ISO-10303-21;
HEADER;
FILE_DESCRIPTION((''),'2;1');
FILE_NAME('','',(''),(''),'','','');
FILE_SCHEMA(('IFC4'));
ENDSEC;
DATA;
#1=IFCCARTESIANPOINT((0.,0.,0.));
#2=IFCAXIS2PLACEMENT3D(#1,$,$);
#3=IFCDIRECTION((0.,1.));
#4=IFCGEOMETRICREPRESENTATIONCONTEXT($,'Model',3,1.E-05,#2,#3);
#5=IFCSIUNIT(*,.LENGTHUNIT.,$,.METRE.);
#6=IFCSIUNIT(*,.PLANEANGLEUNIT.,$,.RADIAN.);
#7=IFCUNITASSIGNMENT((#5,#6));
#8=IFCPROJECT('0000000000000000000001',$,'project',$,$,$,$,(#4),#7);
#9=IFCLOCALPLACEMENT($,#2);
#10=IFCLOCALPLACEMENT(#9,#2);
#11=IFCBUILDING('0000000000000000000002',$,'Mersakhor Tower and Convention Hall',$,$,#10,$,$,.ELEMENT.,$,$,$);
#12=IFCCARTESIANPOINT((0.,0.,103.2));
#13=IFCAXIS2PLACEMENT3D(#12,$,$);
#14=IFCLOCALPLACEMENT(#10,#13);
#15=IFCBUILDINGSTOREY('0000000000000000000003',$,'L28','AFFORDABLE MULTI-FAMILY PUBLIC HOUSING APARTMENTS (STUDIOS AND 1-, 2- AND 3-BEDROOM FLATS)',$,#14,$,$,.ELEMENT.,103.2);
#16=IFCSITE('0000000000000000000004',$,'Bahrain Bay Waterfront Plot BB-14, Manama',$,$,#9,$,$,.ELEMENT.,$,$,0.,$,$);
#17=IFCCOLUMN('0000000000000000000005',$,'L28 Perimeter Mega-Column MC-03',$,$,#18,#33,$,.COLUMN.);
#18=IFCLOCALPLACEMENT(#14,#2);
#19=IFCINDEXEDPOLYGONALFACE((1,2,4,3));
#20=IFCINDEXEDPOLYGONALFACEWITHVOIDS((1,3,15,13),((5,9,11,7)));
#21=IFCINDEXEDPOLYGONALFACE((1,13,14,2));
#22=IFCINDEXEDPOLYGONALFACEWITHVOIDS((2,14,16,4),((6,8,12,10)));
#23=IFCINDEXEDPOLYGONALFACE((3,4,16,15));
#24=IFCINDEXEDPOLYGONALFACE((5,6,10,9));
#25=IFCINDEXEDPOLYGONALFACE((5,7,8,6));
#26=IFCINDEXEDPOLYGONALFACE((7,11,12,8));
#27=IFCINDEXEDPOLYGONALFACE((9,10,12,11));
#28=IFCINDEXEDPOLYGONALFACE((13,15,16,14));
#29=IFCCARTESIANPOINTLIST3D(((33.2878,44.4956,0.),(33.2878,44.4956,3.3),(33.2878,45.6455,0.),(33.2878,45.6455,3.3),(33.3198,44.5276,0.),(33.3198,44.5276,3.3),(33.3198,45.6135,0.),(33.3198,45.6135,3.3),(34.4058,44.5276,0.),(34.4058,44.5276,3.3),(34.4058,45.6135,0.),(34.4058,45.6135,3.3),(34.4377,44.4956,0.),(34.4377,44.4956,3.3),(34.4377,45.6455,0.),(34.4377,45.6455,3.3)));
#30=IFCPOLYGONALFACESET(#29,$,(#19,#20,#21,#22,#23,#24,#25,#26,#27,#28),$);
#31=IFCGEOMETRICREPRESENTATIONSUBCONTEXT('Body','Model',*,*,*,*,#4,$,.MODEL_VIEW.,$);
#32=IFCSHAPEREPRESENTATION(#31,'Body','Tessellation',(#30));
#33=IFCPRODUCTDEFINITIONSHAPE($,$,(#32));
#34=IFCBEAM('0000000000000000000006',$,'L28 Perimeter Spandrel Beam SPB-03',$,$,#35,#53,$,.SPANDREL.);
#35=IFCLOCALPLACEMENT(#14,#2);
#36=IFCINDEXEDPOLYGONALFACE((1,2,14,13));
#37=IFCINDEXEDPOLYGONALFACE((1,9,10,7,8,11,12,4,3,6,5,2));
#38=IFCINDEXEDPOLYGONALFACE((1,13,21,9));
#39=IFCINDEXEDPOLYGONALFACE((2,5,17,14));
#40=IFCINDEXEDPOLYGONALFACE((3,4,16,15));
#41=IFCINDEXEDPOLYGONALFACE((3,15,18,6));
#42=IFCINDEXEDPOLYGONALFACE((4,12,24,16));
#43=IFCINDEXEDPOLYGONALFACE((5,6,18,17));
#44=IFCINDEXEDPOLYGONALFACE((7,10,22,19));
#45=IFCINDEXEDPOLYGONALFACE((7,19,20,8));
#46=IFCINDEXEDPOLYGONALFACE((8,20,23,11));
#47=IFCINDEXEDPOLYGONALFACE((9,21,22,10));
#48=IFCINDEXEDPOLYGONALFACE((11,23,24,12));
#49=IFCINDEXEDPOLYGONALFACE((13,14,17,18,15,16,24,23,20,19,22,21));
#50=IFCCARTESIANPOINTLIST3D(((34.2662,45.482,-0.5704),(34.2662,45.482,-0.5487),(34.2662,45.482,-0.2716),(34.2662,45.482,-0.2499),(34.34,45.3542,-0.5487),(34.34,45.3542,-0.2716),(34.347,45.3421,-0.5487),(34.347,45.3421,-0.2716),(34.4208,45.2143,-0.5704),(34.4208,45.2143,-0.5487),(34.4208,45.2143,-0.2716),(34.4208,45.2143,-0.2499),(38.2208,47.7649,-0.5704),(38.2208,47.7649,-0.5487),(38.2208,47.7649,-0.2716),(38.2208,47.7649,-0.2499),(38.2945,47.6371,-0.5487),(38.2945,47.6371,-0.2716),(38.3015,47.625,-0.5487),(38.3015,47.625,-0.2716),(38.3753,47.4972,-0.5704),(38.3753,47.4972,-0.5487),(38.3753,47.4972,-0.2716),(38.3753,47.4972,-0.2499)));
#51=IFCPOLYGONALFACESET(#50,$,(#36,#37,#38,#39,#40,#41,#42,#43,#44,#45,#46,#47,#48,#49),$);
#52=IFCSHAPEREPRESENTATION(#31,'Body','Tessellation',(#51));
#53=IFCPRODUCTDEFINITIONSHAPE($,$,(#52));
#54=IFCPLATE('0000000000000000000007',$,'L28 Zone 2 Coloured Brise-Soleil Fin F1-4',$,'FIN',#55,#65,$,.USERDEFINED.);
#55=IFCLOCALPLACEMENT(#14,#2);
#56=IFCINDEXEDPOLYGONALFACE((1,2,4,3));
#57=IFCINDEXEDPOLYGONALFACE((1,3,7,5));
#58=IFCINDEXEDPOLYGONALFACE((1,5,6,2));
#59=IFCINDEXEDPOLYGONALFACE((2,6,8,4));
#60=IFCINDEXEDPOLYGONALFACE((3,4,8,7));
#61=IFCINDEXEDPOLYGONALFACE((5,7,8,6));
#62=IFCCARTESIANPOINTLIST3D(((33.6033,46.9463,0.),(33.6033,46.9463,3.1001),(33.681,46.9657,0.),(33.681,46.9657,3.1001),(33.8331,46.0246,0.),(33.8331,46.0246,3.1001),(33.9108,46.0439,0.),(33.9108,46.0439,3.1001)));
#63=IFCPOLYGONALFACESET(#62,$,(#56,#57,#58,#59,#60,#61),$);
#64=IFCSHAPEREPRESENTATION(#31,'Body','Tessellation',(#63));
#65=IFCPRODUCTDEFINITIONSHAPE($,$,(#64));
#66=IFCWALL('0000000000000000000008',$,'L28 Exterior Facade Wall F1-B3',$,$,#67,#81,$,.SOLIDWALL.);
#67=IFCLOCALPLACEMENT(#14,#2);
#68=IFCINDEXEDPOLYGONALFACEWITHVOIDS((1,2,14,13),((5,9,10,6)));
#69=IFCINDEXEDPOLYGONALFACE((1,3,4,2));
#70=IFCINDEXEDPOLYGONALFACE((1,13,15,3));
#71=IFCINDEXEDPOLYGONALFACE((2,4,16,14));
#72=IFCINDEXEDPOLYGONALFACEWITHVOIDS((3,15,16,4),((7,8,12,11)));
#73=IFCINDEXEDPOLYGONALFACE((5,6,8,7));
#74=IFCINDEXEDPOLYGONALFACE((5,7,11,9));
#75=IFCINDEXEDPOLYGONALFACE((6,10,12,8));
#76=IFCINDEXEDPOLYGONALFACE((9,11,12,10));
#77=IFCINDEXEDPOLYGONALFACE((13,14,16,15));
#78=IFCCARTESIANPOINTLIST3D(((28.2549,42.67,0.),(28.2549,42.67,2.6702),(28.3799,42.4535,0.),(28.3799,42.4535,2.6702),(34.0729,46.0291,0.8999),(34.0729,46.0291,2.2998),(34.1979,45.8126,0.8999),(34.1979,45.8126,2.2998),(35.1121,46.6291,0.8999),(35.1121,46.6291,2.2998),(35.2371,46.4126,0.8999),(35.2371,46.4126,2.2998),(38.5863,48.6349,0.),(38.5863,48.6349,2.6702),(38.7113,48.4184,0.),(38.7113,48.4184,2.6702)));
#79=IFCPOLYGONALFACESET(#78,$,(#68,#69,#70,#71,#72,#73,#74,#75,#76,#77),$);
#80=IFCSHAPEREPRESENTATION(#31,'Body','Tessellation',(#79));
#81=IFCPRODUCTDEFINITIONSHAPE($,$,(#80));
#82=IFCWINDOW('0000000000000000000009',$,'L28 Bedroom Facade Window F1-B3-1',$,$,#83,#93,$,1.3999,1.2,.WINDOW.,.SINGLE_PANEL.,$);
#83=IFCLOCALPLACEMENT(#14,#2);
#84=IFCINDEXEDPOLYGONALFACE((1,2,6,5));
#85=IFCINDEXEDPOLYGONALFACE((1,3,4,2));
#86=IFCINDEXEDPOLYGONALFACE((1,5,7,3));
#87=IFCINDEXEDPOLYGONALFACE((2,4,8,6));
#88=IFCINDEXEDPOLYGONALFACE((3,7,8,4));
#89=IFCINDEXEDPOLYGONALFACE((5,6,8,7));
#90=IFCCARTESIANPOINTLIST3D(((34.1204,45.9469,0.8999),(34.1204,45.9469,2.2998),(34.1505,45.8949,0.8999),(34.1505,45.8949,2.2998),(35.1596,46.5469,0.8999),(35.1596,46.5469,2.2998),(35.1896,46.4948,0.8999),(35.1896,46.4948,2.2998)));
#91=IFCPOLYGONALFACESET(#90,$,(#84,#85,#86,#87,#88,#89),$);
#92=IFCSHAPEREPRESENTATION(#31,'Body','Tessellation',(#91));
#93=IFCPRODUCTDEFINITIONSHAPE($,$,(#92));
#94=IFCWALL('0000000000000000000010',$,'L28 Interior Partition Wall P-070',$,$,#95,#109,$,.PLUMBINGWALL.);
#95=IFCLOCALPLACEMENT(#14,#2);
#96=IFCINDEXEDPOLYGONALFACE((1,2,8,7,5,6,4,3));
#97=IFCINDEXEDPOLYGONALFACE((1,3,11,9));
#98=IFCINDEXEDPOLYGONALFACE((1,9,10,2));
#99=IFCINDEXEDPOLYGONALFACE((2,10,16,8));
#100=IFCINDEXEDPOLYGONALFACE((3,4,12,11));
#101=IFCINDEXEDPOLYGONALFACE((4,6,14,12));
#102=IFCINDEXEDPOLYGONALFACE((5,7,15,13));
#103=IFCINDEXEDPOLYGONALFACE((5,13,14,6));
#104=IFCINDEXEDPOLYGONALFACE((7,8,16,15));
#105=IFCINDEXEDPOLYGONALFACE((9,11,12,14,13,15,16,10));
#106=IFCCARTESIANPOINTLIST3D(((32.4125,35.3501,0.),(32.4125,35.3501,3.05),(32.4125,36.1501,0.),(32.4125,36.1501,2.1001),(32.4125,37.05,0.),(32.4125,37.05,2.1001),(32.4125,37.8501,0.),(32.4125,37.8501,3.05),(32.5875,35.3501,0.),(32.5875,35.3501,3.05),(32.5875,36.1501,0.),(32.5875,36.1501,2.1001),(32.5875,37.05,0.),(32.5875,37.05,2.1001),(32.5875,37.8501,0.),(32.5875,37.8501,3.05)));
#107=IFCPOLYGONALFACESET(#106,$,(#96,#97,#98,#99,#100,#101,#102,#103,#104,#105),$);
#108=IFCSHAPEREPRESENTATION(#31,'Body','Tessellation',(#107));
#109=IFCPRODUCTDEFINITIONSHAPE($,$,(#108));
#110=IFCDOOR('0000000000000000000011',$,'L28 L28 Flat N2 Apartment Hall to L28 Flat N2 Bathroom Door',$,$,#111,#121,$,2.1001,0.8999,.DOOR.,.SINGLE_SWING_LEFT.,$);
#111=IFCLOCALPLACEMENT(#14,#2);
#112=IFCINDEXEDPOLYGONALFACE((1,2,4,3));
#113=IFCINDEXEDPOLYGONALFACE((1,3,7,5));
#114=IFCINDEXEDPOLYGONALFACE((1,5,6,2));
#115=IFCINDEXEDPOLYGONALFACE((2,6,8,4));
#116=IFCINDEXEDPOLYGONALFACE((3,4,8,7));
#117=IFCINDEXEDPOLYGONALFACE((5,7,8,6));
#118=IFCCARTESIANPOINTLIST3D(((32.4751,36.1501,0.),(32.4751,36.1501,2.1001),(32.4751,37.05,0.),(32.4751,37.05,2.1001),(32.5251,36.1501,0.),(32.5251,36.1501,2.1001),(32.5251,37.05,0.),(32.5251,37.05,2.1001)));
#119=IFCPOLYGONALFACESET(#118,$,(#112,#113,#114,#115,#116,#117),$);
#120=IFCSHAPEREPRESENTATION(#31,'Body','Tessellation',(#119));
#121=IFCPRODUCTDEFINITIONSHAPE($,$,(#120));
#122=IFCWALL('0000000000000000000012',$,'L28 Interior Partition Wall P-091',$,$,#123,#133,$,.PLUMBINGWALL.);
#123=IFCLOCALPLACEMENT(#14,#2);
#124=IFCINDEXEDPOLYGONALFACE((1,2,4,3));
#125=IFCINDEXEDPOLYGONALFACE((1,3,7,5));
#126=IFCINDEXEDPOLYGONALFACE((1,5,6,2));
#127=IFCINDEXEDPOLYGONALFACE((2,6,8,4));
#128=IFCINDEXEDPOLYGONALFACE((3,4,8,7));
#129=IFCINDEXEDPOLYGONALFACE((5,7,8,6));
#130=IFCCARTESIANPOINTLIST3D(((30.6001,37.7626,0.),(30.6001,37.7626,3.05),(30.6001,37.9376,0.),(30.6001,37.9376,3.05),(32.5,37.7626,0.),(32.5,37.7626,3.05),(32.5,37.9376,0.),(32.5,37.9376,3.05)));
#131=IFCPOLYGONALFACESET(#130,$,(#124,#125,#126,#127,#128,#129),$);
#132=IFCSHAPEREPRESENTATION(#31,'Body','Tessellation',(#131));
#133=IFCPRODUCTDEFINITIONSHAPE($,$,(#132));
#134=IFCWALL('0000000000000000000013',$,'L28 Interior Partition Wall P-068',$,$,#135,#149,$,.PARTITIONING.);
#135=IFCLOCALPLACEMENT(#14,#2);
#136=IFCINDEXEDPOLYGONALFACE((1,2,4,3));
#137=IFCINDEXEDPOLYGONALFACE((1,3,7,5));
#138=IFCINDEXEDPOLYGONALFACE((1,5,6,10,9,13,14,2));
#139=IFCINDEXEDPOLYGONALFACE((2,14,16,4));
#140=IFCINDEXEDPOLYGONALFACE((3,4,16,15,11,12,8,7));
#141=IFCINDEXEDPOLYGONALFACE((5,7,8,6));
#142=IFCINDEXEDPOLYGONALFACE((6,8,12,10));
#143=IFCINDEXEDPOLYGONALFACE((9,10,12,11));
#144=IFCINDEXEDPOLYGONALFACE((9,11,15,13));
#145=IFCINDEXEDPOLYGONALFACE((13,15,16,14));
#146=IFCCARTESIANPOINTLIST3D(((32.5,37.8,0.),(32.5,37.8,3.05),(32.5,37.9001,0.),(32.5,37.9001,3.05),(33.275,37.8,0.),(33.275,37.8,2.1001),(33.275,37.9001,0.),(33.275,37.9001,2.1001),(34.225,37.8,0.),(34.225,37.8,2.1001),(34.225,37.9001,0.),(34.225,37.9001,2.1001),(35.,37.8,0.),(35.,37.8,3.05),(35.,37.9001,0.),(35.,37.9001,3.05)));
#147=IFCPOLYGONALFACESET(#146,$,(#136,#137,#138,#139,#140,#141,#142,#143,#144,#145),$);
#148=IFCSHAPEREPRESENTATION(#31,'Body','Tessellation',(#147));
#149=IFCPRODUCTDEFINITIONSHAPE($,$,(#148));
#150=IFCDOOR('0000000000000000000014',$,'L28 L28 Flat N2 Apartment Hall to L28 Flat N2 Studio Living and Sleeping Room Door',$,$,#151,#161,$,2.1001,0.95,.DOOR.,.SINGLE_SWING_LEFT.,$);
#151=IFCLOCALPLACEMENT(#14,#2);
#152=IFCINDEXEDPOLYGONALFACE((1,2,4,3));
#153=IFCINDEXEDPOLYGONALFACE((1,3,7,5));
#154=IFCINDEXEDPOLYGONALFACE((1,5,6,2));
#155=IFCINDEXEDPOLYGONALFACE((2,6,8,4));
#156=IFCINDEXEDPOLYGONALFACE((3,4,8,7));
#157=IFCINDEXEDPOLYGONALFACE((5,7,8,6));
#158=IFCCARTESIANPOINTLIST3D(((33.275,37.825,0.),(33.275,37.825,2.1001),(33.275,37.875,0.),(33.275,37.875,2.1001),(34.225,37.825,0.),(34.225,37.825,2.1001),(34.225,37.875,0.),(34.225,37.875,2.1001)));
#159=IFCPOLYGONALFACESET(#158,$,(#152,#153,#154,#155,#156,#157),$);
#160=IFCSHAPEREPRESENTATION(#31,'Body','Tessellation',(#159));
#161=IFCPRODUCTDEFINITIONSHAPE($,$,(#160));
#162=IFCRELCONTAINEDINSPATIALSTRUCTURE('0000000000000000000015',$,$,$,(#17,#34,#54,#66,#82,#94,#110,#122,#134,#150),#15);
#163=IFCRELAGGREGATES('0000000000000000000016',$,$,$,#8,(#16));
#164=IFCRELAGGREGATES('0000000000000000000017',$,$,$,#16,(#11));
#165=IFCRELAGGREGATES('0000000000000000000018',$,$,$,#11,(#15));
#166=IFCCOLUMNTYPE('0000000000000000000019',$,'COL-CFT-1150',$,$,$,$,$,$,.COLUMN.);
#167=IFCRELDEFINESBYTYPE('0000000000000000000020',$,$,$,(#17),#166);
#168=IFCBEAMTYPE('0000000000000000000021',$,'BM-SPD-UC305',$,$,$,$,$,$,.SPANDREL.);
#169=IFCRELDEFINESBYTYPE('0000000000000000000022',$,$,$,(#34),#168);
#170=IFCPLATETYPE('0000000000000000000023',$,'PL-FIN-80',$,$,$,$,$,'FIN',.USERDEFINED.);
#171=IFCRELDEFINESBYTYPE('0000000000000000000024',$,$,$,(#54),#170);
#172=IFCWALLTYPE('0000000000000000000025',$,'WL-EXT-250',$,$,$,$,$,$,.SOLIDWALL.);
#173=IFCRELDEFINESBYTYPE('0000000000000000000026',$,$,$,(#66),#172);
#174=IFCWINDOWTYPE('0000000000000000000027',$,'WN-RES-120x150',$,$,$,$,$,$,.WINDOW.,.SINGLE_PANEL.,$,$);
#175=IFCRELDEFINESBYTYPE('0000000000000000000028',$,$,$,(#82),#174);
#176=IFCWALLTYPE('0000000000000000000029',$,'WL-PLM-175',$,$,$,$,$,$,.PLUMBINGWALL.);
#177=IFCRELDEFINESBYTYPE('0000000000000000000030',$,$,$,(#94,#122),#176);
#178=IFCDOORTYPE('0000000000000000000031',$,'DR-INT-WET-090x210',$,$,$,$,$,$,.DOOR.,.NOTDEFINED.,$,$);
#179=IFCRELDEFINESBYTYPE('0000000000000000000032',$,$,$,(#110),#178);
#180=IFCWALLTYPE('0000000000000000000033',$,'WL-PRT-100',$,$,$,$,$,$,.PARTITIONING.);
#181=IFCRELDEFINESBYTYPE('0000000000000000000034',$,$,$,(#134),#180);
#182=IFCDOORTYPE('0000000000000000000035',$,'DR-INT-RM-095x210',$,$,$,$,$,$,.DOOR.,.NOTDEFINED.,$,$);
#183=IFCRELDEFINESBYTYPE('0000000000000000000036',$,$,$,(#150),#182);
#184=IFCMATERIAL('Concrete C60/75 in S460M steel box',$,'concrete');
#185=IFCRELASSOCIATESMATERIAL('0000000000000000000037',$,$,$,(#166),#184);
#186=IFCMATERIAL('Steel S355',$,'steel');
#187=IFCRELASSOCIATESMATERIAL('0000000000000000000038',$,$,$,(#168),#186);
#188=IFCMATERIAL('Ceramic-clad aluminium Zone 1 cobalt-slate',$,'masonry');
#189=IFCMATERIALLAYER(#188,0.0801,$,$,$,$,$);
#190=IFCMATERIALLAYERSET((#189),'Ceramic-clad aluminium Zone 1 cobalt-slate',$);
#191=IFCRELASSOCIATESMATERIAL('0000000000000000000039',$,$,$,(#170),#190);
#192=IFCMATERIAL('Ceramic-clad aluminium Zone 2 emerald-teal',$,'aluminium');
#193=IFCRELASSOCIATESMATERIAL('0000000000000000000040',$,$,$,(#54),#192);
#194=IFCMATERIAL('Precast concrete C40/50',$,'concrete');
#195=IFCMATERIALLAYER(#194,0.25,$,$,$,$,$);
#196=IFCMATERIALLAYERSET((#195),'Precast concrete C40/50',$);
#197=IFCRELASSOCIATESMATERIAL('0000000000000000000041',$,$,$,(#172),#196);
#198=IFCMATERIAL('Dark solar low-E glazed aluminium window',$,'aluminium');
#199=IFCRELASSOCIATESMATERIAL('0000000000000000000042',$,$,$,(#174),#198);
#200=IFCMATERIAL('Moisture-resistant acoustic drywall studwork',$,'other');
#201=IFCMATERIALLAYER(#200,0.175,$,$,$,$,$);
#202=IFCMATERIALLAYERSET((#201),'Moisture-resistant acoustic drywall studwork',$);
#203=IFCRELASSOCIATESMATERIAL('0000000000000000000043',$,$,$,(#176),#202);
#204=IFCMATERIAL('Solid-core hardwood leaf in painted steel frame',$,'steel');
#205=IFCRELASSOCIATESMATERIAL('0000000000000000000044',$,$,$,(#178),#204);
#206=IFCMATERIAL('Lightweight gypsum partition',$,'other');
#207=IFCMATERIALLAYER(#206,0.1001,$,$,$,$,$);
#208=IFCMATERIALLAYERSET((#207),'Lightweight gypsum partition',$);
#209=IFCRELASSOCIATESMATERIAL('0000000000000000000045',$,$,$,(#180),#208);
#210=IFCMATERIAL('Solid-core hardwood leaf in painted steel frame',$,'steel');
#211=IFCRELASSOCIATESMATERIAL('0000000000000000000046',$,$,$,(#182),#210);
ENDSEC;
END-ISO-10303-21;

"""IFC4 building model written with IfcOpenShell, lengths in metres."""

from ifc_helpers import new_model, si_unit, direction, frame, frame_2d, origin, origin_2d, place, context, subcontext, project, spatial, rectangle, hollow_rectangle, i_section, extrude, material, layer, layer_set, material_profile, profile_set, type_object, element, fill, save


model = new_model("IFC4")

# Units and contexts
model_context = context("Model", 3, precision=1e-05, world=origin(), true_north=direction((0.0, 1.0)))
body_context = subcontext(model_context, "Body", "Model", "MODEL_VIEW")
ifc_project = project(units=[si_unit("LENGTHUNIT", "METRE"), si_unit("PLANEANGLEUNIT", "RADIAN")], contexts=[model_context])

# Site, building, storey
site_placement = place(None, origin())
site = spatial("IfcSite", under=ifc_project, at=site_placement, Name="Bahrain Bay Waterfront Plot BB-14, Manama", CompositionType="ELEMENT", RefElevation=0.0)
building_placement = place(site_placement, origin())
building = spatial("IfcBuilding", under=site, at=building_placement, Name="Mersakhor Tower and Convention Hall", CompositionType="ELEMENT")
storey_placement = place(building_placement, frame((0.0, 0.0, 103.2)))
storey = spatial("IfcBuildingStorey", under=building, at=storey_placement, Name="L28", Description="AFFORDABLE MULTI-FAMILY PUBLIC HOUSING APARTMENTS (STUDIOS AND 1-, 2- AND 3-BEDROOM FLATS)", CompositionType="ELEMENT", Elevation=103.2)

# Column
ifc_material_1 = material(Name="Concrete C60/75 in S460M steel box", Category="concrete")
ifc_material_profile_1 = material_profile(ifc_material_1, hollow_rectangle(XDim=1.1499, YDim=1.1499, WallThickness=0.032, at=origin_2d()), Name="SHS 1150x1150x32")
ifc_profile_set_1 = profile_set([ifc_material_profile_1], Name="Concrete C60/75 in S460M steel box")
column_type = type_object("IfcColumnType", Name="COL-CFT-1150", PredefinedType="COLUMN", material=ifc_profile_set_1)
column_placement = place(storey_placement, frame((33.8628, 45.0706, 0.0), z_axis=(0.0, 0.0, 1.0), x_axis=(1.0, 0.0, 0.0)))
element("IfcColumn", 1, at=column_placement, inside=storey, type_object=column_type, Name="L28 Perimeter Mega-Column MC-03", PredefinedType="COLUMN", context=body_context, shape_type="SweptSolid", body=[
    extrude(hollow_rectangle(XDim=1.1499, YDim=1.1499, WallThickness=0.032, at=origin_2d()), origin(), (0.0, 0.0, 1.0), 3.3),
])

# Beam
ifc_material_2 = material(Name="Steel S355", Category="steel")
ifc_material_profile_2 = material_profile(ifc_material_2, i_section(OverallWidth=0.3091, OverallDepth=0.3206, WebThickness=0.0139, FlangeThickness=0.0217, at=origin_2d()), Name="UC 305x305x137")
ifc_profile_set_2 = profile_set([ifc_material_profile_2], Name="Steel S355")
beam_type = type_object("IfcBeamType", Name="BM-SPD-UC305", PredefinedType="SPANDREL", material=ifc_profile_set_2)
beam_placement = place(storey_placement, frame((34.3435, 45.3481, -0.4102), z_axis=(0.866047, 0.499963, 0.0), x_axis=(-0.499963, 0.866047, 0.0)))
element("IfcBeam", 2, at=beam_placement, inside=storey, type_object=beam_type, Name="L28 Perimeter Spandrel Beam SPB-03", PredefinedType="SPANDREL", context=body_context, shape_type="SweptSolid", body=[
    extrude(i_section(OverallWidth=0.3091, OverallDepth=0.3206, WebThickness=0.0139, FlangeThickness=0.0217, at=origin_2d()), origin(), (0.0, 0.0, 1.0), 4.5662),
])

# Plate
ifc_material_3 = material(Name="Ceramic-clad aluminium Zone 2 emerald-teal", Category="aluminium")
ifc_material_4 = material(Name="Ceramic-clad aluminium Zone 1 cobalt-slate", Category="masonry")
ifc_layer_1 = layer(ifc_material_4, 0.0801)
ifc_layer_set_1 = layer_set([ifc_layer_1], Name="Ceramic-clad aluminium Zone 1 cobalt-slate")
plate_type = type_object("IfcPlateType", Name="PL-FIN-80", ElementType="FIN", PredefinedType="USERDEFINED", material=ifc_layer_set_1)
plate_placement = place(storey_placement, frame((33.7571, 46.4951, 0.0), z_axis=(0.0, 0.0, 1.0), x_axis=(-0.241922, 0.970296, 0.0)))
element("IfcPlate", 3, at=plate_placement, inside=storey, type_object=plate_type, material=ifc_material_3, Name="L28 Zone 2 Coloured Brise-Soleil Fin F1-4", ObjectType="FIN", PredefinedType="USERDEFINED", context=body_context, shape_type="SweptSolid", body=[
    extrude(rectangle(XDim=0.95, YDim=0.0801, at=origin_2d()), origin(), (0.0, 0.0, 1.0), 3.1001),
])

# Wall, opening, window
ifc_material_5 = material(Name="Precast concrete C40/50", Category="concrete")
ifc_layer_2 = layer(ifc_material_5, 0.25)
ifc_layer_set_2 = layer_set([ifc_layer_2], Name="Precast concrete C40/50")
wall_type_1 = type_object("IfcWallType", Name="WL-EXT-250", PredefinedType="SOLIDWALL", material=ifc_layer_set_2)
wall_1_placement = place(storey_placement, frame((28.3174, 42.5618, 0.0), z_axis=(0.0, 0.0, 1.0), x_axis=(0.866023, 0.500004, 0.0)))
wall_1 = element("IfcWall", 4, at=wall_1_placement, inside=storey, type_object=wall_type_1, Name="L28 Exterior Facade Wall F1-B3", PredefinedType="SOLIDWALL", context=body_context, shape_type="SweptSolid", body=[
    extrude(rectangle(XDim=11.9297, YDim=0.25, at=frame_2d((5.9648, 0.0))), origin(), (0.0, 0.0, 1.0), 2.6702),
])
opening_1_placement = place(wall_1_placement, frame((6.718, 0.0, 0.8999)))
opening_1 = element("IfcOpeningElement", 5, at=opening_1_placement, cuts=wall_1, PredefinedType="OPENING", context=body_context, shape_type="SweptSolid", body=[
    extrude(rectangle(XDim=1.2, YDim=1.3999, at=frame_2d((0.6001, 0.7))), frame((0.0, 0.135, 0.0), z_axis=(0.0, -1.0, 0.0), x_axis=(1.0, 0.0, 0.0)), (0.0, 0.0, 1.0), 0.27),
])
ifc_material_6 = material(Name="Dark solar low-E glazed aluminium window", Category="aluminium")
window_type = type_object("IfcWindowType", Name="WN-RES-120x150", PartitioningType="SINGLE_PANEL", PredefinedType="WINDOW", material=ifc_material_6)
window_placement = place(opening_1_placement, origin())
window = element("IfcWindow", 6, at=window_placement, inside=storey, type_object=window_type, Name="L28 Bedroom Facade Window F1-B3-1", OverallHeight=1.3999, OverallWidth=1.2, PartitioningType="SINGLE_PANEL", PredefinedType="WINDOW", context=body_context, shape_type="SweptSolid", body=[
    extrude(rectangle(XDim=1.2, YDim=1.3999, at=frame_2d((0.6001, 0.7))), frame((0.0, 0.03, 0.0), z_axis=(0.0, -1.0, 0.0), x_axis=(1.0, 0.0, 0.0)), (0.0, 0.0, 1.0), 0.0601),
])
fill(opening_1, window)

# Wall, opening, door
ifc_material_7 = material(Name="Moisture-resistant acoustic drywall studwork", Category="other")
ifc_layer_3 = layer(ifc_material_7, 0.175)
ifc_layer_set_3 = layer_set([ifc_layer_3], Name="Moisture-resistant acoustic drywall studwork")
wall_type_2 = type_object("IfcWallType", Name="WL-PLM-175", PredefinedType="PLUMBINGWALL", material=ifc_layer_set_3)
wall_2_placement = place(storey_placement, frame((32.5, 35.3501, 0.0), z_axis=(0.0, 0.0, 1.0), x_axis=(0.0, 1.0, 0.0)))
wall_2 = element("IfcWall", 7, at=wall_2_placement, inside=storey, type_object=wall_type_2, Name="L28 Interior Partition Wall P-070", PredefinedType="PLUMBINGWALL", context=body_context, shape_type="SweptSolid", body=[
    extrude(rectangle(XDim=2.5, YDim=0.175, at=frame_2d((1.25, 0.0))), origin(), (0.0, 0.0, 1.0), 3.05),
])
opening_2_placement = place(wall_2_placement, frame((0.8, 0.0, 0.0)))
opening_2 = element("IfcOpeningElement", 8, at=opening_2_placement, cuts=wall_2, PredefinedType="OPENING", context=body_context, shape_type="SweptSolid", body=[
    extrude(rectangle(XDim=0.8999, YDim=2.1001, at=frame_2d((0.45, 1.05))), frame((0.0, 0.0974, 0.0), z_axis=(0.0, -1.0, 0.0), x_axis=(1.0, 0.0, 0.0)), (0.0, 0.0, 1.0), 0.1951),
])
ifc_material_8 = material(Name="Solid-core hardwood leaf in painted steel frame", Category="steel")
door_type_1 = type_object("IfcDoorType", Name="DR-INT-WET-090x210", OperationType="NOTDEFINED", PredefinedType="DOOR", material=ifc_material_8)
door_1_placement = place(opening_2_placement, origin())
door_1 = element("IfcDoor", 9, at=door_1_placement, inside=storey, type_object=door_type_1, Name="L28 L28 Flat N2 Apartment Hall to L28 Flat N2 Bathroom Door", OperationType="SINGLE_SWING_LEFT", OverallHeight=2.1001, OverallWidth=0.8999, PredefinedType="DOOR", context=body_context, shape_type="SweptSolid", body=[
    extrude(rectangle(XDim=0.8999, YDim=2.1001, at=frame_2d((0.45, 1.05))), frame((0.0, 0.0249, 0.0), z_axis=(0.0, -1.0, 0.0), x_axis=(1.0, 0.0, 0.0)), (0.0, 0.0, 1.0), 0.05),
])
fill(opening_2, door_1)

# Wall
wall_3_placement = place(storey_placement, frame((30.6001, 37.8501, 0.0), z_axis=(0.0, 0.0, 1.0), x_axis=(1.0, 0.0, 0.0)))
element("IfcWall", 10, at=wall_3_placement, inside=storey, type_object=wall_type_2, Name="L28 Interior Partition Wall P-091", PredefinedType="PLUMBINGWALL", context=body_context, shape_type="SweptSolid", body=[
    extrude(rectangle(XDim=1.8999, YDim=0.175, at=frame_2d((0.95, 0.0))), origin(), (0.0, 0.0, 1.0), 3.05),
])

# Wall, opening, door
ifc_material_9 = material(Name="Lightweight gypsum partition", Category="other")
ifc_layer_4 = layer(ifc_material_9, 0.1001)
ifc_layer_set_4 = layer_set([ifc_layer_4], Name="Lightweight gypsum partition")
wall_type_3 = type_object("IfcWallType", Name="WL-PRT-100", PredefinedType="PARTITIONING", material=ifc_layer_set_4)
wall_4_placement = place(storey_placement, frame((32.5, 37.8501, 0.0), z_axis=(0.0, 0.0, 1.0), x_axis=(1.0, 0.0, 0.0)))
wall_4 = element("IfcWall", 11, at=wall_4_placement, inside=storey, type_object=wall_type_3, Name="L28 Interior Partition Wall P-068", PredefinedType="PARTITIONING", context=body_context, shape_type="SweptSolid", body=[
    extrude(rectangle(XDim=2.5, YDim=0.1001, at=frame_2d((1.25, 0.0))), origin(), (0.0, 0.0, 1.0), 3.05),
])
opening_3_placement = place(wall_4_placement, frame((0.7749, 0.0, 0.0)))
opening_3 = element("IfcOpeningElement", 12, at=opening_3_placement, cuts=wall_4, PredefinedType="OPENING", context=body_context, shape_type="SweptSolid", body=[
    extrude(rectangle(XDim=0.95, YDim=2.1001, at=frame_2d((0.4751, 1.05))), frame((0.0, 0.0601, 0.0), z_axis=(0.0, -1.0, 0.0), x_axis=(1.0, 0.0, 0.0)), (0.0, 0.0, 1.0), 0.1201),
])
ifc_material_10 = material(Name="Solid-core hardwood leaf in painted steel frame", Category="steel")
door_type_2 = type_object("IfcDoorType", Name="DR-INT-RM-095x210", OperationType="NOTDEFINED", PredefinedType="DOOR", material=ifc_material_10)
door_2_placement = place(opening_3_placement, origin())
door_2 = element("IfcDoor", 13, at=door_2_placement, inside=storey, type_object=door_type_2, Name="L28 L28 Flat N2 Apartment Hall to L28 Flat N2 Studio Living and Sleeping Room Door", OperationType="SINGLE_SWING_LEFT", OverallHeight=2.1001, OverallWidth=0.95, PredefinedType="DOOR", context=body_context, shape_type="SweptSolid", body=[
    extrude(rectangle(XDim=0.95, YDim=2.1001, at=frame_2d((0.4751, 1.05))), frame((0.0, 0.0249, 0.0), z_axis=(0.0, -1.0, 0.0), x_axis=(1.0, 0.0, 0.0)), (0.0, 0.0, 1.0), 0.05),
])
fill(opening_3, door_2)

save(model, "model.ifc")
